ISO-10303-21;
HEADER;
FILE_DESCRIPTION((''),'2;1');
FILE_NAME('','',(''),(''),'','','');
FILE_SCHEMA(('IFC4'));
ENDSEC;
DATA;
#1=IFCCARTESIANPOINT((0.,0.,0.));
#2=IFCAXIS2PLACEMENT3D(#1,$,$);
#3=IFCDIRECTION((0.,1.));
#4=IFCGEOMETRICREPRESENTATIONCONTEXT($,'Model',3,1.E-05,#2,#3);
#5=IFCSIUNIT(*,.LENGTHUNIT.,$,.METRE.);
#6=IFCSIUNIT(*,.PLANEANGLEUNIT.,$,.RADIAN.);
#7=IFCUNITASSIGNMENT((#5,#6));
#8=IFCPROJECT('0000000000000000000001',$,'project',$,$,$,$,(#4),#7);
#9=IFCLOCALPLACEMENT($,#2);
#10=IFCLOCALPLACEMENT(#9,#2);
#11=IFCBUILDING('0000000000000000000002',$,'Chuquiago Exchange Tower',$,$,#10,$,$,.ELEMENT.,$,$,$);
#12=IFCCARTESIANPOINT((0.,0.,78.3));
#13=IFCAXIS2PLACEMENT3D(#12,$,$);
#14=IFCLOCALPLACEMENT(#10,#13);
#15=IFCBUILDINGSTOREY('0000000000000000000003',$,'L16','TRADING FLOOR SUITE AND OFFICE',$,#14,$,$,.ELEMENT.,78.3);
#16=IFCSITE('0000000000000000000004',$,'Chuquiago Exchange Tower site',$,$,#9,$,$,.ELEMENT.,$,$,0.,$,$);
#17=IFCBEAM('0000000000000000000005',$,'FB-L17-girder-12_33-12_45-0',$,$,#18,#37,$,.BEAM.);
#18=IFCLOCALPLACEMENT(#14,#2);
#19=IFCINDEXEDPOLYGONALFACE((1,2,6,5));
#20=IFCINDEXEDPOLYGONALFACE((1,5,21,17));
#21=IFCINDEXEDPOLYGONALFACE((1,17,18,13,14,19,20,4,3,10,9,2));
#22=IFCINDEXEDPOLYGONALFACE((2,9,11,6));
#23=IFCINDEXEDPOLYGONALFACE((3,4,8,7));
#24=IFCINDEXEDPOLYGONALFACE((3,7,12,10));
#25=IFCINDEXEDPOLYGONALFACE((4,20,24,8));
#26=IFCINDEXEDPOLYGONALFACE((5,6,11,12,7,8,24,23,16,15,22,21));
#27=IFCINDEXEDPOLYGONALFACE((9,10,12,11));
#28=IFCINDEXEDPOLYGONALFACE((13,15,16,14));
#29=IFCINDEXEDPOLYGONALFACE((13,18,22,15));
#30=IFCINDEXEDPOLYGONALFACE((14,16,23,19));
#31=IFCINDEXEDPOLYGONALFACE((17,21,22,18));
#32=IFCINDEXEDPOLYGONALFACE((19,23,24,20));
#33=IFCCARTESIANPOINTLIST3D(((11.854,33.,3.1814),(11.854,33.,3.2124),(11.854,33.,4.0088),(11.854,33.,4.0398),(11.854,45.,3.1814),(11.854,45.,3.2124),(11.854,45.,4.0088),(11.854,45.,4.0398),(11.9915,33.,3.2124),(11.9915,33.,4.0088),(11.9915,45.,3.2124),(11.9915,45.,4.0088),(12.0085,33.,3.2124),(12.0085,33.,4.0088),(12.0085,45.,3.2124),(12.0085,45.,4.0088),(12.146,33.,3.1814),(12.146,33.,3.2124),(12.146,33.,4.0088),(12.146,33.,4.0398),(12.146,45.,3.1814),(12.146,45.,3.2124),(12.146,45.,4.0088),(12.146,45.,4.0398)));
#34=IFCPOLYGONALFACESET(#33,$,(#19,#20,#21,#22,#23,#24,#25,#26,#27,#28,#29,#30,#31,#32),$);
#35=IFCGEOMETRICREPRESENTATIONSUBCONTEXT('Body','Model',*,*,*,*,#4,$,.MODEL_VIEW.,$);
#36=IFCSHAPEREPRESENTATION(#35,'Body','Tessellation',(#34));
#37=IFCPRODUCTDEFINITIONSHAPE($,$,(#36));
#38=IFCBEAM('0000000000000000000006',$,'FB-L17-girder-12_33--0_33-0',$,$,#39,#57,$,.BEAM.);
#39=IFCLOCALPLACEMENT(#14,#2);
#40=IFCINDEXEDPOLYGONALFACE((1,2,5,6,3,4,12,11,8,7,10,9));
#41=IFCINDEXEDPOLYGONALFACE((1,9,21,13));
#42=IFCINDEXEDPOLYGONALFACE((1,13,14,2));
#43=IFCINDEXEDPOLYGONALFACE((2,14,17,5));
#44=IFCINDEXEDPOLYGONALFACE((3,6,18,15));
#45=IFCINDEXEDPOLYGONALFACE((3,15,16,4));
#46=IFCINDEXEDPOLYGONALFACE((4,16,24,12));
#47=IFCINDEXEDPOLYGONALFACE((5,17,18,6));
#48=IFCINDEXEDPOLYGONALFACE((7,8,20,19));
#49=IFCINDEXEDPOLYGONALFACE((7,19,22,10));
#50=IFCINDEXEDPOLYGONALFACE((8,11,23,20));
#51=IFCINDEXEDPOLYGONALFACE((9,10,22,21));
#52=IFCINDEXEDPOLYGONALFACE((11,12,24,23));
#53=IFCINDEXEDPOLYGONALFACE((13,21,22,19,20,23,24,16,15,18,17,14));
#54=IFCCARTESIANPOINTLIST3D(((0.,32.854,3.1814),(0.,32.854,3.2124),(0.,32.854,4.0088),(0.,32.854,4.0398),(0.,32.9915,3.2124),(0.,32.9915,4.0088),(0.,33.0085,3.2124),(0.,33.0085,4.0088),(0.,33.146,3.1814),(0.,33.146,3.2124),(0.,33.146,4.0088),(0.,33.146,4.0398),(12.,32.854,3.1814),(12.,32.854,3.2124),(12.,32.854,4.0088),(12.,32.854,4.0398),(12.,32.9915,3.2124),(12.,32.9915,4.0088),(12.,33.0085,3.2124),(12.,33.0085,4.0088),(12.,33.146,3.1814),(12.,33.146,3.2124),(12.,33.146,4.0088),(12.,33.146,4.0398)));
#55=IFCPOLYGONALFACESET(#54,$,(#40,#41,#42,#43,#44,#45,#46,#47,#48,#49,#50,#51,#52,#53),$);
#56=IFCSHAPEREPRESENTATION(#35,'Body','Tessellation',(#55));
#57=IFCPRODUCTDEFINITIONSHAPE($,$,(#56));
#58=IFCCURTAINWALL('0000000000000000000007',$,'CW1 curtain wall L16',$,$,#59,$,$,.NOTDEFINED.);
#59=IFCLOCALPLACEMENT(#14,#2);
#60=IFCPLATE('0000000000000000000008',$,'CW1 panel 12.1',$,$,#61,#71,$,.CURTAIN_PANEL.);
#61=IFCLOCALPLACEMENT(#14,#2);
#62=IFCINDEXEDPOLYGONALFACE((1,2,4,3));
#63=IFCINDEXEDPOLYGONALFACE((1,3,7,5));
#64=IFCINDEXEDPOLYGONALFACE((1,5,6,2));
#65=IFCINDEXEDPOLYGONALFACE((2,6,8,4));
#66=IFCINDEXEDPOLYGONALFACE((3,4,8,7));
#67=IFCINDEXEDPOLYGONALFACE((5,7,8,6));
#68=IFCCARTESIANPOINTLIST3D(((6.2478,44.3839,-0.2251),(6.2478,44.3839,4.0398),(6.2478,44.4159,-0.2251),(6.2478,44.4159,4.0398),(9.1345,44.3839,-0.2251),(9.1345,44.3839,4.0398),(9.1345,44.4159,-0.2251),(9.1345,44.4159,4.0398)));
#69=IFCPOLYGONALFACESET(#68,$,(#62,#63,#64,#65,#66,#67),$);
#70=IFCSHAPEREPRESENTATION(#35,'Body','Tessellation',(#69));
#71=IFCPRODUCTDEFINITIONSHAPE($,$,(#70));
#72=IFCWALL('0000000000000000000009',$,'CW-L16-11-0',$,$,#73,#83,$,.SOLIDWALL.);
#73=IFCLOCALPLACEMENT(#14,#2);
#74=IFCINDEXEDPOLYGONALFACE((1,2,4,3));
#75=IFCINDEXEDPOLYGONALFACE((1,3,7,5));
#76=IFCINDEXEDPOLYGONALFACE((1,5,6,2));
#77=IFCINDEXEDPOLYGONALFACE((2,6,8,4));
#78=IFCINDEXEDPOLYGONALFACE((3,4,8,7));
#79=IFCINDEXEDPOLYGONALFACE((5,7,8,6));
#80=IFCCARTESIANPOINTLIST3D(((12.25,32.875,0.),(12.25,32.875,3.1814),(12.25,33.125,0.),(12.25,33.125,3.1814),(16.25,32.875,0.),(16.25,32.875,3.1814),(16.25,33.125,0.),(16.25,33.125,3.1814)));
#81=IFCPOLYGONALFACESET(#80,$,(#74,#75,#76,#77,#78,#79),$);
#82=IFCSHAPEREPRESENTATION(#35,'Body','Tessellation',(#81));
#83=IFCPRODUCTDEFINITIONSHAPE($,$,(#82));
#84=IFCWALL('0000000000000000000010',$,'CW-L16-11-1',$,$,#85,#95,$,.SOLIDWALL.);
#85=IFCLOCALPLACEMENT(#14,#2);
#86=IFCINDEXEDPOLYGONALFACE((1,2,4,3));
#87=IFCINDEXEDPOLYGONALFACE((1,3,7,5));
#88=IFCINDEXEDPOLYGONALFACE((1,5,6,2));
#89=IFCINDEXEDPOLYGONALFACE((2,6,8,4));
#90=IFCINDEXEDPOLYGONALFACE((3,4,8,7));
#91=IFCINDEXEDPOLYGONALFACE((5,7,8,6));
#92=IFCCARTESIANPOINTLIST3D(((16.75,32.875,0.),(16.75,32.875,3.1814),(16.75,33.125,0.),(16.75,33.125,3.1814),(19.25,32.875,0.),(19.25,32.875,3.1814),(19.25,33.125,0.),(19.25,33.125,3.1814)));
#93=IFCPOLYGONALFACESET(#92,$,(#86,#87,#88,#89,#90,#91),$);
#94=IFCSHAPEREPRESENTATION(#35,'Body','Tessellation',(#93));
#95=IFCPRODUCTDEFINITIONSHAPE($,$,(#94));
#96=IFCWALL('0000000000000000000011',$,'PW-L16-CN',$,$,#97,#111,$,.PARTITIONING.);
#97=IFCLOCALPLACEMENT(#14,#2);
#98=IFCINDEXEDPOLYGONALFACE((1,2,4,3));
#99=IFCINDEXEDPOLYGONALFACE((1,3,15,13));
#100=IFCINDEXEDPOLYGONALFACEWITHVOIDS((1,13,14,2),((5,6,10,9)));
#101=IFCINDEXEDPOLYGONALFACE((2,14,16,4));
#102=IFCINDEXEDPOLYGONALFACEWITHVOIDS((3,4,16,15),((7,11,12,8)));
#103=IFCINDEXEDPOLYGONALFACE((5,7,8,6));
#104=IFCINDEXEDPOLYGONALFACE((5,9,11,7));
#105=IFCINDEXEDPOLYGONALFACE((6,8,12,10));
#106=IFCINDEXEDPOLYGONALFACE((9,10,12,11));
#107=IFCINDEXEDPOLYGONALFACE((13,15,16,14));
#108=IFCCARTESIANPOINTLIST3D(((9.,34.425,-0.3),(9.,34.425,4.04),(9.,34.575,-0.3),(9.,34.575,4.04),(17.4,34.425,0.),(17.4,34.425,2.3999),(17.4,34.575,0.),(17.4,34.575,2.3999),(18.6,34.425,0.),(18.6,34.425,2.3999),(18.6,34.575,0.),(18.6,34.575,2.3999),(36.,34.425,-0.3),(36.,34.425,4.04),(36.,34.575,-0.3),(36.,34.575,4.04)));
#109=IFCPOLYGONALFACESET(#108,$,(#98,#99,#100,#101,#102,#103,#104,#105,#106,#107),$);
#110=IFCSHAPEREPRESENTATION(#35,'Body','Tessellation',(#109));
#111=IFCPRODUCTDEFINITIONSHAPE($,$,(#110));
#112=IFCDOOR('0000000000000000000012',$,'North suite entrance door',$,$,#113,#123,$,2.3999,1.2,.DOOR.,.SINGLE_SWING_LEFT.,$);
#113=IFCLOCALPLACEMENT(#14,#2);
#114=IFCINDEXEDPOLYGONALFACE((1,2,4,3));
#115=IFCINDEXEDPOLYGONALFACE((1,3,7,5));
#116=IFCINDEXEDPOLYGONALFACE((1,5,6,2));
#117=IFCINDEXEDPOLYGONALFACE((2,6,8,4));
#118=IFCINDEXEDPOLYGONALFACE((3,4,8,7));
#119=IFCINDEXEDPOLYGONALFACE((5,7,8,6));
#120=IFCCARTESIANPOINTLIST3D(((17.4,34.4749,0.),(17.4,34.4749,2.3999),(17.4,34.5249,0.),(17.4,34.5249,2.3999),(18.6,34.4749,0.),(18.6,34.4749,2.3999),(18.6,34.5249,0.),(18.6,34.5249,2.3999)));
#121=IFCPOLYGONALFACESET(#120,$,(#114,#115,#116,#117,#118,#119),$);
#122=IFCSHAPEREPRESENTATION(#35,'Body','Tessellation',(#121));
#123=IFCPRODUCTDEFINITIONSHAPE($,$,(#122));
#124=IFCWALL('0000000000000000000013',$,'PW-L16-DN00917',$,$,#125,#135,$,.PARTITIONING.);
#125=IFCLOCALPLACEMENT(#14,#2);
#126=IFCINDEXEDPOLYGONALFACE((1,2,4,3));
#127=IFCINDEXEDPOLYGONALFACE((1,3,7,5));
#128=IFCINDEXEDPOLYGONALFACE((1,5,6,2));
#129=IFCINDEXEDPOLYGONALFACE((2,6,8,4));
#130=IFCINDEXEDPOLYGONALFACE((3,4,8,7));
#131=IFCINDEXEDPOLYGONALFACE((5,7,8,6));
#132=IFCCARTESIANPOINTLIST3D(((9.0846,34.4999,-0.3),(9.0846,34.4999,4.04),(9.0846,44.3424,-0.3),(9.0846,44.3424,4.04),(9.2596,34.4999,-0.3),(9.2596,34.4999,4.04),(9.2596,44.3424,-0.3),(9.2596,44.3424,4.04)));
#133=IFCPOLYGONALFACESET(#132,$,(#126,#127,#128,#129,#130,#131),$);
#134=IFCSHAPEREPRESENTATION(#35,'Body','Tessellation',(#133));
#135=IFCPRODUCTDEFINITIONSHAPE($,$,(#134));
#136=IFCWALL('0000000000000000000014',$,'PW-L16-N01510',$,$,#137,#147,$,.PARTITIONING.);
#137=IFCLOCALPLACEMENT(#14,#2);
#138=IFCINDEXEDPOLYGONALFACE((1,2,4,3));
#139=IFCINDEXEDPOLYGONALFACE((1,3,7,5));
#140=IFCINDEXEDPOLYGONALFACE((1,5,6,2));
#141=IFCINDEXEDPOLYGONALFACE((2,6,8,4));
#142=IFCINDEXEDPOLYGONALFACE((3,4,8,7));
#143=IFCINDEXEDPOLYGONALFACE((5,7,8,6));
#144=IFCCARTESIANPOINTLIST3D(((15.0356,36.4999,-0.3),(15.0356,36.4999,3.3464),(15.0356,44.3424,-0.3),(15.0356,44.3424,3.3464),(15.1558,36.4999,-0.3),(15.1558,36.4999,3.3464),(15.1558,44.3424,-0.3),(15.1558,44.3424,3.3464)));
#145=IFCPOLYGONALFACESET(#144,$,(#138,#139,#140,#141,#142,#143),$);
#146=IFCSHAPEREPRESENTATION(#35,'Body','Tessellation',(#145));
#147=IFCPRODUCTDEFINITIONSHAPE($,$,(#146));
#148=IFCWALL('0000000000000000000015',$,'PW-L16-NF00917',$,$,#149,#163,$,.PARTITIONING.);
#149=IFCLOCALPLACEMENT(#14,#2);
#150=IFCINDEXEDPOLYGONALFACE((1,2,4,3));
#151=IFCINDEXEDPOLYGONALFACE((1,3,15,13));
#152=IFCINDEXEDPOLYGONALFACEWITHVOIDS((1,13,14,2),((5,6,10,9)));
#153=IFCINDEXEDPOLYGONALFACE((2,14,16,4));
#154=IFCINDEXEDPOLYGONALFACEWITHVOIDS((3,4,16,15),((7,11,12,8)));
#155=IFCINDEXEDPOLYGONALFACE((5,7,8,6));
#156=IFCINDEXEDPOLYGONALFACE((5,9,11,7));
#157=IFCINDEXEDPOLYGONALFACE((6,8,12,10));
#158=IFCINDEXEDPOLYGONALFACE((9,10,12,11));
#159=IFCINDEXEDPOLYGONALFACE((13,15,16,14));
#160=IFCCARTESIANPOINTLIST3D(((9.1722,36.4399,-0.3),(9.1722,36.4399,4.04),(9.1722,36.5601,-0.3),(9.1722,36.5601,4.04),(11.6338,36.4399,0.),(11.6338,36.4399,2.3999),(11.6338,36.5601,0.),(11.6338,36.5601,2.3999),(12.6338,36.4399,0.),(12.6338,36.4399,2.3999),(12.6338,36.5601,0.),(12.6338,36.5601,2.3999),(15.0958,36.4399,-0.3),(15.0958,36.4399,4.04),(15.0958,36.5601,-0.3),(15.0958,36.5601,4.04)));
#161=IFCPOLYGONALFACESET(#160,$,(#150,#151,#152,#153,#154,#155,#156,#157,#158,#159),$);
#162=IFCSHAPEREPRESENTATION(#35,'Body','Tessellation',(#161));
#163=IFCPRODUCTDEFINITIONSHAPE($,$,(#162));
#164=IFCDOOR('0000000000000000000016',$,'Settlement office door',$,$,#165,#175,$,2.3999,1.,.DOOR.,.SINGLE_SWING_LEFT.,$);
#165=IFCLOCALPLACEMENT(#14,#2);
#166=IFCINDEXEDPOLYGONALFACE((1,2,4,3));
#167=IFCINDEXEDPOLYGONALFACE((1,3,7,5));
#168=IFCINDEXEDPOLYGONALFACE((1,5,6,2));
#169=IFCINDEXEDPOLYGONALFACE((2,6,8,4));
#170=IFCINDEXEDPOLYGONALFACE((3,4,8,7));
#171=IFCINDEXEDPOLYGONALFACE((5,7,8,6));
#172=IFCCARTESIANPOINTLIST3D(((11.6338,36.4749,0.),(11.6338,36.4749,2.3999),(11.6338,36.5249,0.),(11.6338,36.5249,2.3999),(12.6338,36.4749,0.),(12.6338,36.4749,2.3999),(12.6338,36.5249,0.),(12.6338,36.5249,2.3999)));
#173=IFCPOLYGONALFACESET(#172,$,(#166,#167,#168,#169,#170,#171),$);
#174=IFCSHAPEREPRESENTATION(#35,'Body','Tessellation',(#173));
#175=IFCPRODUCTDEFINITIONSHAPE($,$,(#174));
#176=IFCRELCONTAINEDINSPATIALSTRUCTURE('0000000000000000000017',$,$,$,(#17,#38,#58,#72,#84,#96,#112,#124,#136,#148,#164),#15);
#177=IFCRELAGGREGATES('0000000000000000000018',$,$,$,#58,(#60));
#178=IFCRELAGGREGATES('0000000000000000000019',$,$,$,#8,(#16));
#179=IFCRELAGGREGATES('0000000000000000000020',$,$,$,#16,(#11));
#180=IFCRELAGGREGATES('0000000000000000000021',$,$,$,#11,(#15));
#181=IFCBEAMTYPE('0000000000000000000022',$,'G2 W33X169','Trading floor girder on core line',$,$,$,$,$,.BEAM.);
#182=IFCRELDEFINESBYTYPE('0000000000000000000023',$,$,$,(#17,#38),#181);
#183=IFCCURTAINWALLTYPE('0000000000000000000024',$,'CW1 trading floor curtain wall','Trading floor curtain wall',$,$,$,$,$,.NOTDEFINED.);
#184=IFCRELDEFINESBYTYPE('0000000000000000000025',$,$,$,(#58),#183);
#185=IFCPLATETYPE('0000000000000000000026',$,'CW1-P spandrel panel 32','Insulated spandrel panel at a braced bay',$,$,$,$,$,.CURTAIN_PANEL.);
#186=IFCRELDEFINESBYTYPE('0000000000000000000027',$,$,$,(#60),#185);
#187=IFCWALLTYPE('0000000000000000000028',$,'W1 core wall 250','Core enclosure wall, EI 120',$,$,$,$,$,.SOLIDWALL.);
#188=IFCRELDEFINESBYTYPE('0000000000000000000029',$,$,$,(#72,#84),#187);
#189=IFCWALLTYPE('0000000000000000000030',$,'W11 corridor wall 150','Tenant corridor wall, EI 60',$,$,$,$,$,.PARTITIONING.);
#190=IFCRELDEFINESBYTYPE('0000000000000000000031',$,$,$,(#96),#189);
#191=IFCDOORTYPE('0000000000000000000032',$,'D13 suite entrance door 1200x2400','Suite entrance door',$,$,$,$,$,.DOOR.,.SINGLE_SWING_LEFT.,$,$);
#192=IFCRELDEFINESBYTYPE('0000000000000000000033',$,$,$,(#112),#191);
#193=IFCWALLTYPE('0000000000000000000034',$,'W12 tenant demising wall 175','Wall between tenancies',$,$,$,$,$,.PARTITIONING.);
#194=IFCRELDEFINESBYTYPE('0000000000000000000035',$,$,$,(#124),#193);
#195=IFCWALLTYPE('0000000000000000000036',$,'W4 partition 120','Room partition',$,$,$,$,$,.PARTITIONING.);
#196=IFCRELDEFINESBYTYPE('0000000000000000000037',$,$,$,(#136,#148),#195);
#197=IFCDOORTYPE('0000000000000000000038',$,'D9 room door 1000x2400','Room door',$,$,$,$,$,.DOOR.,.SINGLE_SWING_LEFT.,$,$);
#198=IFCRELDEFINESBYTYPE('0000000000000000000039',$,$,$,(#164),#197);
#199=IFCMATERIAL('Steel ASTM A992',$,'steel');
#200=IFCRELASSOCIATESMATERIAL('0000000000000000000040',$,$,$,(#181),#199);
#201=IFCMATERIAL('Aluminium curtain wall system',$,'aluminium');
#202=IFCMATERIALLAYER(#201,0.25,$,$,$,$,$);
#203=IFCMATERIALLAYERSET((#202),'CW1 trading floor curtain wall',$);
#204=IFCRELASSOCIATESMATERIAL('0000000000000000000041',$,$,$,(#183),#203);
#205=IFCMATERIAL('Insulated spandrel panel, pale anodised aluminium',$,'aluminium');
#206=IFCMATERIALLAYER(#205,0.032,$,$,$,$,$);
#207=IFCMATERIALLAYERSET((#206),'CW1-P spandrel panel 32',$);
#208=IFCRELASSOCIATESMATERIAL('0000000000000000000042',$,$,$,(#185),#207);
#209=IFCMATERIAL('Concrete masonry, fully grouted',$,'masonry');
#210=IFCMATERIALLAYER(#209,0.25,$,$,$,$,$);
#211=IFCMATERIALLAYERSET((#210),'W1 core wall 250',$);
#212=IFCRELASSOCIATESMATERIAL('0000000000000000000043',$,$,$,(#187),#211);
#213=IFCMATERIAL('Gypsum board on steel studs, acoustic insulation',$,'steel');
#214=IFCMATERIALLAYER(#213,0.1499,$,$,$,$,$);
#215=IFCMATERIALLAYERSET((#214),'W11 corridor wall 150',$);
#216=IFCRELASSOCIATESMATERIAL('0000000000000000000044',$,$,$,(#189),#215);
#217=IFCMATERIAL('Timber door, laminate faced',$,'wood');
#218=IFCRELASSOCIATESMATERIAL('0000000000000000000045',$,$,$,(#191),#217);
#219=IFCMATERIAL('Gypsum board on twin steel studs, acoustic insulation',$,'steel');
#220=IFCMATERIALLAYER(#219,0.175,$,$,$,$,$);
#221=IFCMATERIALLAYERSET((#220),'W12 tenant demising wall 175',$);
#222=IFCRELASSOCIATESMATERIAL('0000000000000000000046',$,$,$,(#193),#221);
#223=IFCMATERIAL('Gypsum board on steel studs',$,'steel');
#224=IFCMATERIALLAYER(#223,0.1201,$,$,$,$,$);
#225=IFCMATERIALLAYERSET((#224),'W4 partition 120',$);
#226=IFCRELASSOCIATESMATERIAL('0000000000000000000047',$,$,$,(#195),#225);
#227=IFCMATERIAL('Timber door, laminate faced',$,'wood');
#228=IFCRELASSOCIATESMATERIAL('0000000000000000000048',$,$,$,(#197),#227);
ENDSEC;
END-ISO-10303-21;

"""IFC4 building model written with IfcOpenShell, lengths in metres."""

from ifc_helpers import new_model, si_unit, direction, frame, frame_2d, origin, origin_2d, place, context, subcontext, project, spatial, rectangle, i_section, extrude, material, layer, layer_set, material_profile, profile_set, type_object, element, fill, aggregate, save


model = new_model("IFC4")

# Units and contexts
model_context = context("Model", 3, precision=1e-05, world=origin(), true_north=direction((0.0, 1.0)))
body_context = subcontext(model_context, "Body", "Model", "MODEL_VIEW")
ifc_project = project(units=[si_unit("LENGTHUNIT", "METRE"), si_unit("PLANEANGLEUNIT", "RADIAN")], contexts=[model_context])

# Site, building, storey
site_placement = place(None, origin())
site = spatial("IfcSite", under=ifc_project, at=site_placement, Name="Chuquiago Exchange Tower site", CompositionType="ELEMENT", RefElevation=0.0)
building_placement = place(site_placement, origin())
building = spatial("IfcBuilding", under=site, at=building_placement, Name="Chuquiago Exchange Tower", CompositionType="ELEMENT")
storey_placement = place(building_placement, frame((0.0, 0.0, 78.3)))
storey = spatial("IfcBuildingStorey", under=building, at=storey_placement, Name="L16", Description="TRADING FLOOR SUITE AND OFFICE", CompositionType="ELEMENT", Elevation=78.3)

# Beams
ifc_material_1 = material(Name="Steel ASTM A992", Category="steel")
ifc_material_profile_1 = material_profile(ifc_material_1, i_section(OverallWidth=0.292, OverallDepth=0.8584, WebThickness=0.0171, FlangeThickness=0.031, at=origin_2d()), Name="W33X169")
ifc_profile_set_1 = profile_set([ifc_material_profile_1], Name="Steel ASTM A992")
beam_type_1 = type_object("IfcBeamType", Name="G2 W33X169", Description="Trading floor girder on core line", PredefinedType="BEAM", material=ifc_profile_set_1)
for number, where, z_axis, x_axis, name in (
    (1, (12.0, 33.0, 3.6106), (0.0, 1.0, 0.0), (-1.0, 0.0, 0.0), "FB-L17-girder-12_33-12_45-0"),
    (2, (12.0, 33.0, 3.6106), (-1.0, 0.0, 0.0), (0.0, -1.0, 0.0), "FB-L17-girder-12_33--0_33-0"),
):
    element("IfcBeam", number, at=place(storey_placement, frame(where, z_axis=z_axis, x_axis=x_axis)), inside=storey, type_object=beam_type_1, Name=name, PredefinedType="BEAM", context=body_context, shape_type="SweptSolid", body=[
        extrude(i_section(OverallWidth=0.292, OverallDepth=0.8584, WebThickness=0.0171, FlangeThickness=0.031, at=origin_2d()), origin(), (0.0, 0.0, 1.0), 12.0),
    ])

# Curtain wall, plate
ifc_material_2 = material(Name="Aluminium curtain wall system", Category="aluminium")
ifc_layer_1 = layer(ifc_material_2, 0.25)
ifc_layer_set_1 = layer_set([ifc_layer_1], Name="CW1 trading floor curtain wall")
curtain_wall_type = type_object("IfcCurtainWallType", Name="CW1 trading floor curtain wall", Description="Trading floor curtain wall", PredefinedType="NOTDEFINED", material=ifc_layer_set_1)
curtain_wall_placement = place(storey_placement, origin())
curtain_wall = element("IfcCurtainWall", 3, at=curtain_wall_placement, inside=storey, type_object=curtain_wall_type, Name="CW1 curtain wall L16", PredefinedType="NOTDEFINED")
ifc_material_3 = material(Name="Insulated spandrel panel, pale anodised aluminium", Category="aluminium")
ifc_layer_2 = layer(ifc_material_3, 0.032)
ifc_layer_set_2 = layer_set([ifc_layer_2], Name="CW1-P spandrel panel 32")
plate_type = type_object("IfcPlateType", Name="CW1-P spandrel panel 32", Description="Insulated spandrel panel at a braced bay", PredefinedType="CURTAIN_PANEL", material=ifc_layer_set_2)
plate_placement = place(storey_placement, frame((7.6912, 44.3999, -0.2251), z_axis=(0.0, 0.0, 1.0), x_axis=(-1.0, 0.0, 0.0)))
plate = element("IfcPlate", 4, at=plate_placement, type_object=plate_type, Name="CW1 panel 12.1", PredefinedType="CURTAIN_PANEL", context=body_context, shape_type="SweptSolid", body=[
    extrude(rectangle(XDim=2.8867, YDim=0.032, at=origin_2d()), origin(), (0.0, 0.0, 1.0), 4.2649),
])
aggregate(curtain_wall, [plate])

# Walls
ifc_material_4 = material(Name="Concrete masonry, fully grouted", Category="masonry")
ifc_layer_3 = layer(ifc_material_4, 0.25)
ifc_layer_set_3 = layer_set([ifc_layer_3], Name="W1 core wall 250")
wall_type_1 = type_object("IfcWallType", Name="W1 core wall 250", Description="Core enclosure wall, EI 120", PredefinedType="SOLIDWALL", material=ifc_layer_set_3)
wall_1_placement = place(storey_placement, frame((12.25, 33.0, 0.0), z_axis=(0.0, 0.0, 1.0), x_axis=(1.0, 0.0, 0.0)))
element("IfcWall", 5, at=wall_1_placement, inside=storey, type_object=wall_type_1, Name="CW-L16-11-0", PredefinedType="SOLIDWALL", context=body_context, shape_type="SweptSolid", body=[
    extrude(rectangle(XDim=4.0, YDim=0.25, at=frame_2d((2.0, 0.0))), origin(), (0.0, 0.0, 1.0), 3.1814),
])
wall_2_placement = place(storey_placement, frame((16.75, 33.0, 0.0), z_axis=(0.0, 0.0, 1.0), x_axis=(1.0, 0.0, 0.0)))
element("IfcWall", 6, at=wall_2_placement, inside=storey, type_object=wall_type_1, Name="CW-L16-11-1", PredefinedType="SOLIDWALL", context=body_context, shape_type="SweptSolid", body=[
    extrude(rectangle(XDim=2.5, YDim=0.25, at=frame_2d((1.25, 0.0))), origin(), (0.0, 0.0, 1.0), 3.1814),
])

# Wall, opening, door
ifc_material_5 = material(Name="Gypsum board on steel studs, acoustic insulation", Category="steel")
ifc_layer_4 = layer(ifc_material_5, 0.1499)
ifc_layer_set_4 = layer_set([ifc_layer_4], Name="W11 corridor wall 150")
wall_type_2 = type_object("IfcWallType", Name="W11 corridor wall 150", Description="Tenant corridor wall, EI 60", PredefinedType="PARTITIONING", material=ifc_layer_set_4)
wall_3_placement = place(storey_placement, frame((9.0, 34.5, -0.3), z_axis=(0.0, 0.0, 1.0), x_axis=(1.0, 0.0, 0.0)))
wall_3 = element("IfcWall", 7, at=wall_3_placement, inside=storey, type_object=wall_type_2, Name="PW-L16-CN", PredefinedType="PARTITIONING", context=body_context, shape_type="SweptSolid", body=[
    extrude(rectangle(XDim=27.0, YDim=0.1499, at=frame_2d((13.5, 0.0))), origin(), (0.0, 0.0, 1.0), 4.3401),
])
opening_1_placement = place(wall_3_placement, frame((8.3999, 0.0, 0.3)))
opening_1 = element("IfcOpeningElement", 8, at=opening_1_placement, cuts=wall_3, PredefinedType="OPENING", context=body_context, shape_type="SweptSolid", body=[
    extrude(rectangle(XDim=1.2, YDim=2.3999, at=frame_2d((0.6001, 1.2))), frame((0.0, 0.085, 0.0), z_axis=(0.0, -1.0, 0.0), x_axis=(1.0, 0.0, 0.0)), (0.0, 0.0, 1.0), 0.1699),
])
ifc_material_6 = material(Name="Timber door, laminate faced", Category="wood")
door_type_1 = type_object("IfcDoorType", Name="D13 suite entrance door 1200x2400", Description="Suite entrance door", OperationType="SINGLE_SWING_LEFT", PredefinedType="DOOR", material=ifc_material_6)
door_1_placement = place(opening_1_placement, origin())
door_1 = element("IfcDoor", 9, at=door_1_placement, inside=storey, type_object=door_type_1, Name="North suite entrance door", OperationType="SINGLE_SWING_LEFT", OverallHeight=2.3999, OverallWidth=1.2, PredefinedType="DOOR", context=body_context, shape_type="SweptSolid", body=[
    extrude(rectangle(XDim=1.2, YDim=2.3999, at=frame_2d((0.6001, 1.2))), frame((0.0, 0.0249, 0.0), z_axis=(0.0, -1.0, 0.0), x_axis=(1.0, 0.0, 0.0)), (0.0, 0.0, 1.0), 0.05),
])
fill(opening_1, door_1)

# Walls
ifc_material_7 = material(Name="Gypsum board on twin steel studs, acoustic insulation", Category="steel")
ifc_layer_5 = layer(ifc_material_7, 0.175)
ifc_layer_set_5 = layer_set([ifc_layer_5], Name="W12 tenant demising wall 175")
wall_type_3 = type_object("IfcWallType", Name="W12 tenant demising wall 175", Description="Wall between tenancies", PredefinedType="PARTITIONING", material=ifc_layer_set_5)
wall_4_placement = place(storey_placement, frame((9.1721, 44.3425, -0.3), z_axis=(0.0, 0.0, 1.0), x_axis=(0.0, -1.0, 0.0)))
element("IfcWall", 10, at=wall_4_placement, inside=storey, type_object=wall_type_3, Name="PW-L16-DN00917", PredefinedType="PARTITIONING", context=body_context, shape_type="SweptSolid", body=[
    extrude(rectangle(XDim=9.8425, YDim=0.175, at=frame_2d((4.9214, 0.0))), origin(), (0.0, 0.0, 1.0), 4.3401),
])
ifc_material_8 = material(Name="Gypsum board on steel studs", Category="steel")
ifc_layer_6 = layer(ifc_material_8, 0.1201)
ifc_layer_set_6 = layer_set([ifc_layer_6], Name="W4 partition 120")
wall_type_4 = type_object("IfcWallType", Name="W4 partition 120", Description="Room partition", PredefinedType="PARTITIONING", material=ifc_layer_set_6)
wall_5_placement = place(storey_placement, frame((15.0957, 44.3425, -0.3), z_axis=(0.0, 0.0, 1.0), x_axis=(0.0, -1.0, 0.0)))
element("IfcWall", 11, at=wall_5_placement, inside=storey, type_object=wall_type_4, Name="PW-L16-N01510", PredefinedType="PARTITIONING", context=body_context, shape_type="SweptSolid", body=[
    extrude(rectangle(XDim=7.8425, YDim=0.1201, at=frame_2d((3.9214, 0.0))), origin(), (0.0, 0.0, 1.0), 3.6465),
])

# Wall, opening, door
wall_6_placement = place(storey_placement, frame((9.1721, 36.5, -0.3), z_axis=(0.0, 0.0, 1.0), x_axis=(1.0, 0.0, 0.0)))
wall_6 = element("IfcWall", 12, at=wall_6_placement, inside=storey, type_object=wall_type_4, Name="PW-L16-NF00917", PredefinedType="PARTITIONING", context=body_context, shape_type="SweptSolid", body=[
    extrude(rectangle(XDim=5.9236, YDim=0.1201, at=frame_2d((2.9619, 0.0))), origin(), (0.0, 0.0, 1.0), 4.3401),
])
opening_2_placement = place(wall_6_placement, frame((2.4617, 0.0, 0.3)))
opening_2 = element("IfcOpeningElement", 13, at=opening_2_placement, cuts=wall_6, PredefinedType="OPENING", context=body_context, shape_type="SweptSolid", body=[
    extrude(rectangle(XDim=1.0, YDim=2.3999, at=frame_2d((0.5, 1.2))), frame((0.0, 0.0701, 0.0), z_axis=(0.0, -1.0, 0.0), x_axis=(1.0, 0.0, 0.0)), (0.0, 0.0, 1.0), 0.1401),
])
ifc_material_9 = material(Name="Timber door, laminate faced", Category="wood")
door_type_2 = type_object("IfcDoorType", Name="D9 room door 1000x2400", Description="Room door", OperationType="SINGLE_SWING_LEFT", PredefinedType="DOOR", material=ifc_material_9)
door_2_placement = place(opening_2_placement, origin())
door_2 = element("IfcDoor", 14, at=door_2_placement, inside=storey, type_object=door_type_2, Name="Settlement office door", OperationType="SINGLE_SWING_LEFT", OverallHeight=2.3999, OverallWidth=1.0, PredefinedType="DOOR", context=body_context, shape_type="SweptSolid", body=[
    extrude(rectangle(XDim=1.0, YDim=2.3999, at=frame_2d((0.5, 1.2))), frame((0.0, 0.0249, 0.0), z_axis=(0.0, -1.0, 0.0), x_axis=(1.0, 0.0, 0.0)), (0.0, 0.0, 1.0), 0.05),
])
fill(opening_2, door_2)

save(model, "model.ifc")
